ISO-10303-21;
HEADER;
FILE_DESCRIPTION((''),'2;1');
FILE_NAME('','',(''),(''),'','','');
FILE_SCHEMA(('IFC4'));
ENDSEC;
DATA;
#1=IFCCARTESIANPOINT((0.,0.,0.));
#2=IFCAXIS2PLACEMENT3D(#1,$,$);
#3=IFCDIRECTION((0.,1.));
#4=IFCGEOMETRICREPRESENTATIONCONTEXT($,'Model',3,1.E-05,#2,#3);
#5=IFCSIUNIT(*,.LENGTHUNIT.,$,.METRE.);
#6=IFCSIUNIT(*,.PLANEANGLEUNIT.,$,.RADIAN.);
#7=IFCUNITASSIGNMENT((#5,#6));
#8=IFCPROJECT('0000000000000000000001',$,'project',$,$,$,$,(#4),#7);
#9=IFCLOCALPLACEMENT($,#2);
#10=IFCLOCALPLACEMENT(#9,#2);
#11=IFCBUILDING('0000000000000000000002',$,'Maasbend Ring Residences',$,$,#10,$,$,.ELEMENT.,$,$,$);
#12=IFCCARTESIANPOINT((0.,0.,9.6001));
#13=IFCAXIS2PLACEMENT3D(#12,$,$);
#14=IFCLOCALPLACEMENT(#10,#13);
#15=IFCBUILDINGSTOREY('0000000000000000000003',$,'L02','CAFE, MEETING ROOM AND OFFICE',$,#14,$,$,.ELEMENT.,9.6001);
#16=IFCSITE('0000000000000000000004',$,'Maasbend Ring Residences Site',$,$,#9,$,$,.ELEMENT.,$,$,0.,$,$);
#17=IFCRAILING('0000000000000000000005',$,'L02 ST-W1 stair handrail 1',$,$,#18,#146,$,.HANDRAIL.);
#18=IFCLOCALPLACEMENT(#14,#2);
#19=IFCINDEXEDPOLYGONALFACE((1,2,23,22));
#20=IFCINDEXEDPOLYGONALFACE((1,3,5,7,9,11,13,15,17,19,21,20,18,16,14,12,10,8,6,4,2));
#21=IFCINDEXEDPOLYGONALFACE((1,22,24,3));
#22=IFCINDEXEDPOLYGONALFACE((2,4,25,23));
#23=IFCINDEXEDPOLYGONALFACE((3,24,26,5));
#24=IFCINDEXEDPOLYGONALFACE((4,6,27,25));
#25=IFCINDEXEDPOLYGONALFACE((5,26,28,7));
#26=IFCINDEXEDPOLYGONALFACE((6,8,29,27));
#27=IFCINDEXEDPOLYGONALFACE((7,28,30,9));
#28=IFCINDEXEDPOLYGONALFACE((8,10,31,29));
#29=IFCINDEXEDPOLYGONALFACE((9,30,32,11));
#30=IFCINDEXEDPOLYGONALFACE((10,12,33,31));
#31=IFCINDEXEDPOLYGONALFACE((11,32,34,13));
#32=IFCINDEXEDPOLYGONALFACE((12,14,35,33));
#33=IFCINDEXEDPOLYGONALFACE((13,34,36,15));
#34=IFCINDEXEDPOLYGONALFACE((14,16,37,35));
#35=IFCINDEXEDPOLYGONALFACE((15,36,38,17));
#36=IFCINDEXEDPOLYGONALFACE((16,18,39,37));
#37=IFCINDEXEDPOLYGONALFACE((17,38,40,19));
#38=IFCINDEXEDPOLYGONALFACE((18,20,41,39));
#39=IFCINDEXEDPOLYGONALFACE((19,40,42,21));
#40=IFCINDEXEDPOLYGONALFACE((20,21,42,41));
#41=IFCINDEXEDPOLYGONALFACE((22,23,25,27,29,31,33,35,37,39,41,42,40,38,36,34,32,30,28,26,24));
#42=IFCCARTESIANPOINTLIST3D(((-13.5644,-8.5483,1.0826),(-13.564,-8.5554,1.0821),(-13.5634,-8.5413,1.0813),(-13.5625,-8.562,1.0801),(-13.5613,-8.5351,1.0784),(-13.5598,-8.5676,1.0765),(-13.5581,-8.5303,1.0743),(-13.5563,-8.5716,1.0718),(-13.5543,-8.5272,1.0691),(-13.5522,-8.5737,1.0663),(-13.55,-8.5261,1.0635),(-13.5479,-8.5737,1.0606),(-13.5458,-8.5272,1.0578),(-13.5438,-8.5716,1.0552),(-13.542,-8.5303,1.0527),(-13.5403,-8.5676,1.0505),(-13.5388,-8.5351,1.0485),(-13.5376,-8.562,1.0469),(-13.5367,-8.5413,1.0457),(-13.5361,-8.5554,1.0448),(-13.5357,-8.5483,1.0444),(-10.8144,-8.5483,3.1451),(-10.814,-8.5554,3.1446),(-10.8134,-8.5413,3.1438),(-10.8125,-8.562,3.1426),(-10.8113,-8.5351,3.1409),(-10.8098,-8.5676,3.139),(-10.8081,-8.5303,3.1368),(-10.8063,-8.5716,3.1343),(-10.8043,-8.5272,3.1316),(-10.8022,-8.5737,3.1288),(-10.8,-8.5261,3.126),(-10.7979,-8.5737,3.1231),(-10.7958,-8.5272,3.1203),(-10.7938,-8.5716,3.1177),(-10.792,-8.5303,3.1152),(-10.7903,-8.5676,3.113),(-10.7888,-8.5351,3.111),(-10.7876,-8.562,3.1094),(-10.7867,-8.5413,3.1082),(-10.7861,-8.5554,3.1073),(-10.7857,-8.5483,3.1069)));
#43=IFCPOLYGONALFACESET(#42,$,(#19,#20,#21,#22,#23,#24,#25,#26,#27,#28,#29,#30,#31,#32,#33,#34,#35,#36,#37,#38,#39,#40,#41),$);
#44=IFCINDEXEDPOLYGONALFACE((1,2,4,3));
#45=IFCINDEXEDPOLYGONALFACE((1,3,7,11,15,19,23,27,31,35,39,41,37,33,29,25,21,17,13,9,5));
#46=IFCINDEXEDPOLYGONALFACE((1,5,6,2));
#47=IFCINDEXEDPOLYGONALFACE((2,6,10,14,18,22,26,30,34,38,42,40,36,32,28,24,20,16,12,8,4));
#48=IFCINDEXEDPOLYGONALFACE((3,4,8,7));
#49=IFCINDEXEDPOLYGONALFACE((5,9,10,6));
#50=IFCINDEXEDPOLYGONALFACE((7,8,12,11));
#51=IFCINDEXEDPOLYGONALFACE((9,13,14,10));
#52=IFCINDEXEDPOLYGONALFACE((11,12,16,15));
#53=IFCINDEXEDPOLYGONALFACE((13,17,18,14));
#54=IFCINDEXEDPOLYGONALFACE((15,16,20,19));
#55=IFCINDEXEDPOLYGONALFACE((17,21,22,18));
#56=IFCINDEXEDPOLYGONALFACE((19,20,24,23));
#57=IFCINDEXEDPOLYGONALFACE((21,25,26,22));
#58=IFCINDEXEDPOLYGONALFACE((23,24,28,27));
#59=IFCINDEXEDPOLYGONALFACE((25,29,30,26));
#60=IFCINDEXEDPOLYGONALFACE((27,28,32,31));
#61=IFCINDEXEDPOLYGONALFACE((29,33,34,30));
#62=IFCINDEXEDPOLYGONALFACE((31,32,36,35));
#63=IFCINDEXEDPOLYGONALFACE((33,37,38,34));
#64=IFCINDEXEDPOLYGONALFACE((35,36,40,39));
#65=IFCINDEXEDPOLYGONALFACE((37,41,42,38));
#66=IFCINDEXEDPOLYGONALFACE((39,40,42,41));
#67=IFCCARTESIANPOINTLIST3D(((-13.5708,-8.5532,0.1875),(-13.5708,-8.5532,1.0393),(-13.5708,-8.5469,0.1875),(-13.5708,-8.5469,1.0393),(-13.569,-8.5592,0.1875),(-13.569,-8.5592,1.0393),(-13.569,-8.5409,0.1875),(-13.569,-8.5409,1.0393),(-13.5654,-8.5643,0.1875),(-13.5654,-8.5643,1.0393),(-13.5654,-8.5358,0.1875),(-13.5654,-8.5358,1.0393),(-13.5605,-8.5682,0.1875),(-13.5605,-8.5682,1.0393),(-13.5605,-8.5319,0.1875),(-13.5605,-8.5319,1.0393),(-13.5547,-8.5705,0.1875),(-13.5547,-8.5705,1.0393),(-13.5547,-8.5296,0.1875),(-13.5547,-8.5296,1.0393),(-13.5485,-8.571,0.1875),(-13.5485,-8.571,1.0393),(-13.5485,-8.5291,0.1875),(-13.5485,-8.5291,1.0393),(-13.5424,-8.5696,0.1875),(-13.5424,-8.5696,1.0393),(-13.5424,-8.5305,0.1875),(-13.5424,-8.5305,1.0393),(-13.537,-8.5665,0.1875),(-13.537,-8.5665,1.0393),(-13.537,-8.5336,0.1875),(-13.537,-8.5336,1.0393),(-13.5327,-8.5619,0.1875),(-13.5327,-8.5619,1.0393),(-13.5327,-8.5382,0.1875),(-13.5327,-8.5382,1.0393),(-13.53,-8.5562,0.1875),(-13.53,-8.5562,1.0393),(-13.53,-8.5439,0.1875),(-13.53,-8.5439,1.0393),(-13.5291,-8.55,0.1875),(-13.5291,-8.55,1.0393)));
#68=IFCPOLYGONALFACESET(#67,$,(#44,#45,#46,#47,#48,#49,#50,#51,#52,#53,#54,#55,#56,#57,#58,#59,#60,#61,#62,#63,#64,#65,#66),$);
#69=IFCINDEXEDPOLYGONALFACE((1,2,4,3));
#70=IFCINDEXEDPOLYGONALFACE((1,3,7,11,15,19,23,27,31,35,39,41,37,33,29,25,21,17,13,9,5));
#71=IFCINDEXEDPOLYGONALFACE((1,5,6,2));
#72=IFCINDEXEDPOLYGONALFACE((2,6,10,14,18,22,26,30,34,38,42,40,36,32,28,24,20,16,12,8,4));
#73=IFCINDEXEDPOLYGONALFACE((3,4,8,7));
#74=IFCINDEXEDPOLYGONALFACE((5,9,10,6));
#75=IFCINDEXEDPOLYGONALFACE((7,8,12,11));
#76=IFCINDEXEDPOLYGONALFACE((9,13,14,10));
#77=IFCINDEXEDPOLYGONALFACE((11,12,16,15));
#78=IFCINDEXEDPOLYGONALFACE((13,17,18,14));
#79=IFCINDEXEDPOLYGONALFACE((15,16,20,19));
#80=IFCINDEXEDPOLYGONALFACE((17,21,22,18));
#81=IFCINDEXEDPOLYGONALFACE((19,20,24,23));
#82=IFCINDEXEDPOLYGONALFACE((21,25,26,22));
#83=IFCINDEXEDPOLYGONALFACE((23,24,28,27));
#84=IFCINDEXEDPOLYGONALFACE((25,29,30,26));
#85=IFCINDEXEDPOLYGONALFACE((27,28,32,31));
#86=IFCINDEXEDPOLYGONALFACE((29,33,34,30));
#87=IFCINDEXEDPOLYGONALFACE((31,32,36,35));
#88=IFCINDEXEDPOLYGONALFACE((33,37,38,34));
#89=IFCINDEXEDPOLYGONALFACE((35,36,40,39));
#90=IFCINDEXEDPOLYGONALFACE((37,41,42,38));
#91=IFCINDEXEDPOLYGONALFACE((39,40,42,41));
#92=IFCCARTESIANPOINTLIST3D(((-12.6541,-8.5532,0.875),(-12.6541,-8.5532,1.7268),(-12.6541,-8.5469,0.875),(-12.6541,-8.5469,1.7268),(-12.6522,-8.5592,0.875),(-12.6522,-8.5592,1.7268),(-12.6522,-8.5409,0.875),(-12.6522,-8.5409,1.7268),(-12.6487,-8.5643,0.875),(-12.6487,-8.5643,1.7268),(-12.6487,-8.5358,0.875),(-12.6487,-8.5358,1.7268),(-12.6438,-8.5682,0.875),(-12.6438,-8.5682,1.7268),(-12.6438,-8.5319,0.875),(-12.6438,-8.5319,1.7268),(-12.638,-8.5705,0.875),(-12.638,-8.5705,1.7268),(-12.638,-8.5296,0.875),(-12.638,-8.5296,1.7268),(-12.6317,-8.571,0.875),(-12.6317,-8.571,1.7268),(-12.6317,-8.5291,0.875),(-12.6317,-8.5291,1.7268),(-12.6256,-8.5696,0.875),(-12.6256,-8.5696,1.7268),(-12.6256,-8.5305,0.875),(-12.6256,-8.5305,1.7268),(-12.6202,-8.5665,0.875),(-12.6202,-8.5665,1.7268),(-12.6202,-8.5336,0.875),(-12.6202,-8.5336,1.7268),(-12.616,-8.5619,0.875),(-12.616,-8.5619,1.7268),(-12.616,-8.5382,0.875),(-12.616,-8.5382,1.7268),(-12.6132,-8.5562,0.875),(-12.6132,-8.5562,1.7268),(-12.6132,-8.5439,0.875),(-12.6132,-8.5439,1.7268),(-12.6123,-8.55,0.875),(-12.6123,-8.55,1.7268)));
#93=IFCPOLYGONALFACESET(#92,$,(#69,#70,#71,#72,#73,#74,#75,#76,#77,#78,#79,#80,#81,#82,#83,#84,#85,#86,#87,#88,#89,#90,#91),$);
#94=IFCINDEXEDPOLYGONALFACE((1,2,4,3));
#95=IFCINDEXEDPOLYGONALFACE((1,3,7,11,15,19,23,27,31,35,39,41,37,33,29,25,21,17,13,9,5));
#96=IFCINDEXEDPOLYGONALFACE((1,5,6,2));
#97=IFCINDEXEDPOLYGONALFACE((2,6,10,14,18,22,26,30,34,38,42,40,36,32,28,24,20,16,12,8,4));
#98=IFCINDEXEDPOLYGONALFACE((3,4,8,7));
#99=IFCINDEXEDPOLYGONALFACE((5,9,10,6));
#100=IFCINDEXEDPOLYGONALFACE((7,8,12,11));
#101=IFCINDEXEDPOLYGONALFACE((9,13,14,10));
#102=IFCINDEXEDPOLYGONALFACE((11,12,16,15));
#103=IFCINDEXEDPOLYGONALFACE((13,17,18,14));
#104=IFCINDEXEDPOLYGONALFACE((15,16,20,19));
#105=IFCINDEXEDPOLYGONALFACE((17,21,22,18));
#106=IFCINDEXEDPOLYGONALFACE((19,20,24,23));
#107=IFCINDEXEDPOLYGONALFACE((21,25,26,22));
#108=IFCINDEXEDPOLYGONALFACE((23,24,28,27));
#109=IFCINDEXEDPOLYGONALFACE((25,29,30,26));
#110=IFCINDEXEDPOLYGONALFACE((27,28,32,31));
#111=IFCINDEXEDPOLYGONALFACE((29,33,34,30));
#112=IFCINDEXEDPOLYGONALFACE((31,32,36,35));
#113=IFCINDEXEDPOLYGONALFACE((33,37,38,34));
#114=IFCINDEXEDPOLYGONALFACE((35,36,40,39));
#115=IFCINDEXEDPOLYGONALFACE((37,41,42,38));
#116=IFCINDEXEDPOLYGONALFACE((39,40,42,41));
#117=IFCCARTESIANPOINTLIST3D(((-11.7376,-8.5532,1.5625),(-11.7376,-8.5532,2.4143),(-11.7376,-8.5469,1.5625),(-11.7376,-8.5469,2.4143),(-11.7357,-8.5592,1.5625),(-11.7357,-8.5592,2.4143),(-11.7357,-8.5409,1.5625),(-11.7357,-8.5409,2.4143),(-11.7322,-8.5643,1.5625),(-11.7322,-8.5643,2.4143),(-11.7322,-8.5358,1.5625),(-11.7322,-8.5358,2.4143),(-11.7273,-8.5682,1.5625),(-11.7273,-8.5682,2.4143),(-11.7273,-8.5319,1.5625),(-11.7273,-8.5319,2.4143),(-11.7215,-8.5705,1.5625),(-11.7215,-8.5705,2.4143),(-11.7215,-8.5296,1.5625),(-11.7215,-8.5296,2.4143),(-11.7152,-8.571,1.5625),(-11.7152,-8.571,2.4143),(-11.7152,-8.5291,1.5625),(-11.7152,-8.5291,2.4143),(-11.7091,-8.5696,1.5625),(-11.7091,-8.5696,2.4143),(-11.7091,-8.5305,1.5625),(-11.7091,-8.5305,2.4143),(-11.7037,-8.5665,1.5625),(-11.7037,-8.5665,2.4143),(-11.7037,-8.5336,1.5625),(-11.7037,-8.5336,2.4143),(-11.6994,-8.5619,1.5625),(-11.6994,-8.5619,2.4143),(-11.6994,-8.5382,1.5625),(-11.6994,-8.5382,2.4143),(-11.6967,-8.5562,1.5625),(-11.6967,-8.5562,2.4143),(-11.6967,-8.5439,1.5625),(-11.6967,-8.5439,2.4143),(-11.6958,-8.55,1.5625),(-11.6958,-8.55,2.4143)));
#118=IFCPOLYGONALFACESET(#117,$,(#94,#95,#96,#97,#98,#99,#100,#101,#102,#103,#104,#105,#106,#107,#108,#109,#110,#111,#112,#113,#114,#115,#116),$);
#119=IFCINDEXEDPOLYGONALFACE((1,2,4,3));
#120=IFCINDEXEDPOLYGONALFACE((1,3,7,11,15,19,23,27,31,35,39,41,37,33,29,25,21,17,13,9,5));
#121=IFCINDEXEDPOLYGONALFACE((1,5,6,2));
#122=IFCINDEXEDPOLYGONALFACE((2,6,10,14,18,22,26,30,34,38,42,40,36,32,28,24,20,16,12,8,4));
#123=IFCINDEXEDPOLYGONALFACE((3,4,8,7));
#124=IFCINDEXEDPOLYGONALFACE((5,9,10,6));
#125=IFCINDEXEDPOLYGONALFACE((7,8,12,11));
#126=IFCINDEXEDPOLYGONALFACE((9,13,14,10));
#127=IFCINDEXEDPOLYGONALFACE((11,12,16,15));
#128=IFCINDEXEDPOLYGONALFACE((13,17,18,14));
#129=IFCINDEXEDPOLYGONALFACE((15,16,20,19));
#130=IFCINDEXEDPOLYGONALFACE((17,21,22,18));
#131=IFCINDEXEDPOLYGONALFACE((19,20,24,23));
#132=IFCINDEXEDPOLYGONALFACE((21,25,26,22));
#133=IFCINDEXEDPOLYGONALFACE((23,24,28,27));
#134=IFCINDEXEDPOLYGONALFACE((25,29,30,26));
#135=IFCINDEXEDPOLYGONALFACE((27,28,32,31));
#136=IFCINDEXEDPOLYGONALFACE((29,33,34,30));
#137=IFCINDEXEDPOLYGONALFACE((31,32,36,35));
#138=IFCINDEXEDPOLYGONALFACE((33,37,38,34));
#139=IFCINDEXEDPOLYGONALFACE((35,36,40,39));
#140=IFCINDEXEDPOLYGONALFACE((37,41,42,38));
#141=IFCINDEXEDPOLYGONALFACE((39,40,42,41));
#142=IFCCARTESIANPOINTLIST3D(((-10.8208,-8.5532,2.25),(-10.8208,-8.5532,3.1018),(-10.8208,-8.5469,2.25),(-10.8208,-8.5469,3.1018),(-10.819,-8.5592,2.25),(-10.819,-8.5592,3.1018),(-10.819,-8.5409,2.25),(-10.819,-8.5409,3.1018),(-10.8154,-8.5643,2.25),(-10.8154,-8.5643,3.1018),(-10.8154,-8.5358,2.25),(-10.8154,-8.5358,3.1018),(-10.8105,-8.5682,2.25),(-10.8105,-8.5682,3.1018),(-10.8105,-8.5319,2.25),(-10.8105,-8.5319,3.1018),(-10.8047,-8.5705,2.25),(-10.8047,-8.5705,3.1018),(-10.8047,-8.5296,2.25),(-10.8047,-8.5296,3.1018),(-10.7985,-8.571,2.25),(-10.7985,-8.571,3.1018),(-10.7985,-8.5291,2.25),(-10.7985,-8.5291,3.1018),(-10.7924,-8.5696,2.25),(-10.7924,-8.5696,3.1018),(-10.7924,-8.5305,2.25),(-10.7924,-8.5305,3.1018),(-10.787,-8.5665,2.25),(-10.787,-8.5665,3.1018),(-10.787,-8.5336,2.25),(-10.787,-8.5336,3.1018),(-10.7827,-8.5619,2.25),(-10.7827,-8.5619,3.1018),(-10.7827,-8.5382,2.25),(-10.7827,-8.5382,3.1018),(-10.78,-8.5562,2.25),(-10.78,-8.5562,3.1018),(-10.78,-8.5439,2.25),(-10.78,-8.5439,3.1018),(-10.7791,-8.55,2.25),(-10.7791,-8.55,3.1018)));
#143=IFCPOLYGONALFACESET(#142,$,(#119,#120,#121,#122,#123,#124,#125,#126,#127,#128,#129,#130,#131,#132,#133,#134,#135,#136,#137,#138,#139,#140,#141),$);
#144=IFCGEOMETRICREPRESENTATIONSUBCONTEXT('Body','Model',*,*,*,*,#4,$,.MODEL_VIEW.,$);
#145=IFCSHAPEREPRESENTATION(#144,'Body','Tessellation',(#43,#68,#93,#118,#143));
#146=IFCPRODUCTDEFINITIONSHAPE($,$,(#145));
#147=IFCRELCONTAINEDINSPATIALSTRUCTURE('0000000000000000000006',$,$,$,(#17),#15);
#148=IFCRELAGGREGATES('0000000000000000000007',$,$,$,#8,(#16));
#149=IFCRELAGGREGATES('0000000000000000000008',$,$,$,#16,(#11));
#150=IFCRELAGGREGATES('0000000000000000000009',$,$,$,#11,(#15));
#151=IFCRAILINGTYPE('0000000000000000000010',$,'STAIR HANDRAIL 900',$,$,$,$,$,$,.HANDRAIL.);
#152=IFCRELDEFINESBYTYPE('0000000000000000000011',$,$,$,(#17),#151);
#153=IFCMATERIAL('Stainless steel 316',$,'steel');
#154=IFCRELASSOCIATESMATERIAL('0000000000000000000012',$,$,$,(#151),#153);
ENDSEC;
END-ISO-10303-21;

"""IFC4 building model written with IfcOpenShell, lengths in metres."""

from ifc_helpers import new_model, si_unit, direction, frame, origin, origin_2d, place, context, subcontext, project, spatial, circle, extrude, material, type_object, element, save


model = new_model("IFC4")

# Units and contexts
model_context = context("Model", 3, precision=1e-05, world=origin(), true_north=direction((0.0, 1.0)))
body_context = subcontext(model_context, "Body", "Model", "MODEL_VIEW")
ifc_project = project(units=[si_unit("LENGTHUNIT", "METRE"), si_unit("PLANEANGLEUNIT", "RADIAN")], contexts=[model_context])

# Site, building, storey
site_placement = place(None, origin())
site = spatial("IfcSite", under=ifc_project, at=site_placement, Name="Maasbend Ring Residences Site", CompositionType="ELEMENT", RefElevation=0.0)
building_placement = place(site_placement, origin())
building = spatial("IfcBuilding", under=site, at=building_placement, Name="Maasbend Ring Residences", CompositionType="ELEMENT")
storey_placement = place(building_placement, frame((0.0, 0.0, 9.6001)))
storey = spatial("IfcBuildingStorey", under=building, at=storey_placement, Name="L02", Description="CAFE, MEETING ROOM AND OFFICE", CompositionType="ELEMENT", Elevation=9.6001)

# Railing
ifc_material_1 = material(Name="Stainless steel 316", Category="steel")
railing_type_1 = type_object("IfcRailingType", Name="STAIR HANDRAIL 900", PredefinedType="HANDRAIL", material=ifc_material_1)
railing_1_placement = place(storey_placement, frame((-13.55, -8.55, 0.1875)))
element("IfcRailing", 1, at=railing_1_placement, inside=storey, type_object=railing_type_1, Name="L02 ST-W1 stair handrail 1", PredefinedType="HANDRAIL", context=body_context, shape_type="SweptSolid", body=[
    extrude(circle(Radius=0.0239, at=origin_2d()), frame((0.0, 0.0, 0.876), z_axis=(0.8, 0.0, 0.6), x_axis=(0.0, 1.0, 0.0)), (0.0, 0.0, 1.0), 3.4375),
    extrude(circle(Radius=0.021, at=origin_2d()), origin(), (0.0, 0.0, 1.0), 0.8518),
    extrude(circle(Radius=0.021, at=origin_2d()), frame((0.9167, 0.0, 0.6875)), (0.0, 0.0, 1.0), 0.8518),
    extrude(circle(Radius=0.021, at=origin_2d()), frame((1.8333, 0.0, 1.375)), (0.0, 0.0, 1.0), 0.8518),
    extrude(circle(Radius=0.021, at=origin_2d()), frame((2.75, 0.0, 2.0625)), (0.0, 0.0, 1.0), 0.8518),
])

save(model, "model.ifc")
